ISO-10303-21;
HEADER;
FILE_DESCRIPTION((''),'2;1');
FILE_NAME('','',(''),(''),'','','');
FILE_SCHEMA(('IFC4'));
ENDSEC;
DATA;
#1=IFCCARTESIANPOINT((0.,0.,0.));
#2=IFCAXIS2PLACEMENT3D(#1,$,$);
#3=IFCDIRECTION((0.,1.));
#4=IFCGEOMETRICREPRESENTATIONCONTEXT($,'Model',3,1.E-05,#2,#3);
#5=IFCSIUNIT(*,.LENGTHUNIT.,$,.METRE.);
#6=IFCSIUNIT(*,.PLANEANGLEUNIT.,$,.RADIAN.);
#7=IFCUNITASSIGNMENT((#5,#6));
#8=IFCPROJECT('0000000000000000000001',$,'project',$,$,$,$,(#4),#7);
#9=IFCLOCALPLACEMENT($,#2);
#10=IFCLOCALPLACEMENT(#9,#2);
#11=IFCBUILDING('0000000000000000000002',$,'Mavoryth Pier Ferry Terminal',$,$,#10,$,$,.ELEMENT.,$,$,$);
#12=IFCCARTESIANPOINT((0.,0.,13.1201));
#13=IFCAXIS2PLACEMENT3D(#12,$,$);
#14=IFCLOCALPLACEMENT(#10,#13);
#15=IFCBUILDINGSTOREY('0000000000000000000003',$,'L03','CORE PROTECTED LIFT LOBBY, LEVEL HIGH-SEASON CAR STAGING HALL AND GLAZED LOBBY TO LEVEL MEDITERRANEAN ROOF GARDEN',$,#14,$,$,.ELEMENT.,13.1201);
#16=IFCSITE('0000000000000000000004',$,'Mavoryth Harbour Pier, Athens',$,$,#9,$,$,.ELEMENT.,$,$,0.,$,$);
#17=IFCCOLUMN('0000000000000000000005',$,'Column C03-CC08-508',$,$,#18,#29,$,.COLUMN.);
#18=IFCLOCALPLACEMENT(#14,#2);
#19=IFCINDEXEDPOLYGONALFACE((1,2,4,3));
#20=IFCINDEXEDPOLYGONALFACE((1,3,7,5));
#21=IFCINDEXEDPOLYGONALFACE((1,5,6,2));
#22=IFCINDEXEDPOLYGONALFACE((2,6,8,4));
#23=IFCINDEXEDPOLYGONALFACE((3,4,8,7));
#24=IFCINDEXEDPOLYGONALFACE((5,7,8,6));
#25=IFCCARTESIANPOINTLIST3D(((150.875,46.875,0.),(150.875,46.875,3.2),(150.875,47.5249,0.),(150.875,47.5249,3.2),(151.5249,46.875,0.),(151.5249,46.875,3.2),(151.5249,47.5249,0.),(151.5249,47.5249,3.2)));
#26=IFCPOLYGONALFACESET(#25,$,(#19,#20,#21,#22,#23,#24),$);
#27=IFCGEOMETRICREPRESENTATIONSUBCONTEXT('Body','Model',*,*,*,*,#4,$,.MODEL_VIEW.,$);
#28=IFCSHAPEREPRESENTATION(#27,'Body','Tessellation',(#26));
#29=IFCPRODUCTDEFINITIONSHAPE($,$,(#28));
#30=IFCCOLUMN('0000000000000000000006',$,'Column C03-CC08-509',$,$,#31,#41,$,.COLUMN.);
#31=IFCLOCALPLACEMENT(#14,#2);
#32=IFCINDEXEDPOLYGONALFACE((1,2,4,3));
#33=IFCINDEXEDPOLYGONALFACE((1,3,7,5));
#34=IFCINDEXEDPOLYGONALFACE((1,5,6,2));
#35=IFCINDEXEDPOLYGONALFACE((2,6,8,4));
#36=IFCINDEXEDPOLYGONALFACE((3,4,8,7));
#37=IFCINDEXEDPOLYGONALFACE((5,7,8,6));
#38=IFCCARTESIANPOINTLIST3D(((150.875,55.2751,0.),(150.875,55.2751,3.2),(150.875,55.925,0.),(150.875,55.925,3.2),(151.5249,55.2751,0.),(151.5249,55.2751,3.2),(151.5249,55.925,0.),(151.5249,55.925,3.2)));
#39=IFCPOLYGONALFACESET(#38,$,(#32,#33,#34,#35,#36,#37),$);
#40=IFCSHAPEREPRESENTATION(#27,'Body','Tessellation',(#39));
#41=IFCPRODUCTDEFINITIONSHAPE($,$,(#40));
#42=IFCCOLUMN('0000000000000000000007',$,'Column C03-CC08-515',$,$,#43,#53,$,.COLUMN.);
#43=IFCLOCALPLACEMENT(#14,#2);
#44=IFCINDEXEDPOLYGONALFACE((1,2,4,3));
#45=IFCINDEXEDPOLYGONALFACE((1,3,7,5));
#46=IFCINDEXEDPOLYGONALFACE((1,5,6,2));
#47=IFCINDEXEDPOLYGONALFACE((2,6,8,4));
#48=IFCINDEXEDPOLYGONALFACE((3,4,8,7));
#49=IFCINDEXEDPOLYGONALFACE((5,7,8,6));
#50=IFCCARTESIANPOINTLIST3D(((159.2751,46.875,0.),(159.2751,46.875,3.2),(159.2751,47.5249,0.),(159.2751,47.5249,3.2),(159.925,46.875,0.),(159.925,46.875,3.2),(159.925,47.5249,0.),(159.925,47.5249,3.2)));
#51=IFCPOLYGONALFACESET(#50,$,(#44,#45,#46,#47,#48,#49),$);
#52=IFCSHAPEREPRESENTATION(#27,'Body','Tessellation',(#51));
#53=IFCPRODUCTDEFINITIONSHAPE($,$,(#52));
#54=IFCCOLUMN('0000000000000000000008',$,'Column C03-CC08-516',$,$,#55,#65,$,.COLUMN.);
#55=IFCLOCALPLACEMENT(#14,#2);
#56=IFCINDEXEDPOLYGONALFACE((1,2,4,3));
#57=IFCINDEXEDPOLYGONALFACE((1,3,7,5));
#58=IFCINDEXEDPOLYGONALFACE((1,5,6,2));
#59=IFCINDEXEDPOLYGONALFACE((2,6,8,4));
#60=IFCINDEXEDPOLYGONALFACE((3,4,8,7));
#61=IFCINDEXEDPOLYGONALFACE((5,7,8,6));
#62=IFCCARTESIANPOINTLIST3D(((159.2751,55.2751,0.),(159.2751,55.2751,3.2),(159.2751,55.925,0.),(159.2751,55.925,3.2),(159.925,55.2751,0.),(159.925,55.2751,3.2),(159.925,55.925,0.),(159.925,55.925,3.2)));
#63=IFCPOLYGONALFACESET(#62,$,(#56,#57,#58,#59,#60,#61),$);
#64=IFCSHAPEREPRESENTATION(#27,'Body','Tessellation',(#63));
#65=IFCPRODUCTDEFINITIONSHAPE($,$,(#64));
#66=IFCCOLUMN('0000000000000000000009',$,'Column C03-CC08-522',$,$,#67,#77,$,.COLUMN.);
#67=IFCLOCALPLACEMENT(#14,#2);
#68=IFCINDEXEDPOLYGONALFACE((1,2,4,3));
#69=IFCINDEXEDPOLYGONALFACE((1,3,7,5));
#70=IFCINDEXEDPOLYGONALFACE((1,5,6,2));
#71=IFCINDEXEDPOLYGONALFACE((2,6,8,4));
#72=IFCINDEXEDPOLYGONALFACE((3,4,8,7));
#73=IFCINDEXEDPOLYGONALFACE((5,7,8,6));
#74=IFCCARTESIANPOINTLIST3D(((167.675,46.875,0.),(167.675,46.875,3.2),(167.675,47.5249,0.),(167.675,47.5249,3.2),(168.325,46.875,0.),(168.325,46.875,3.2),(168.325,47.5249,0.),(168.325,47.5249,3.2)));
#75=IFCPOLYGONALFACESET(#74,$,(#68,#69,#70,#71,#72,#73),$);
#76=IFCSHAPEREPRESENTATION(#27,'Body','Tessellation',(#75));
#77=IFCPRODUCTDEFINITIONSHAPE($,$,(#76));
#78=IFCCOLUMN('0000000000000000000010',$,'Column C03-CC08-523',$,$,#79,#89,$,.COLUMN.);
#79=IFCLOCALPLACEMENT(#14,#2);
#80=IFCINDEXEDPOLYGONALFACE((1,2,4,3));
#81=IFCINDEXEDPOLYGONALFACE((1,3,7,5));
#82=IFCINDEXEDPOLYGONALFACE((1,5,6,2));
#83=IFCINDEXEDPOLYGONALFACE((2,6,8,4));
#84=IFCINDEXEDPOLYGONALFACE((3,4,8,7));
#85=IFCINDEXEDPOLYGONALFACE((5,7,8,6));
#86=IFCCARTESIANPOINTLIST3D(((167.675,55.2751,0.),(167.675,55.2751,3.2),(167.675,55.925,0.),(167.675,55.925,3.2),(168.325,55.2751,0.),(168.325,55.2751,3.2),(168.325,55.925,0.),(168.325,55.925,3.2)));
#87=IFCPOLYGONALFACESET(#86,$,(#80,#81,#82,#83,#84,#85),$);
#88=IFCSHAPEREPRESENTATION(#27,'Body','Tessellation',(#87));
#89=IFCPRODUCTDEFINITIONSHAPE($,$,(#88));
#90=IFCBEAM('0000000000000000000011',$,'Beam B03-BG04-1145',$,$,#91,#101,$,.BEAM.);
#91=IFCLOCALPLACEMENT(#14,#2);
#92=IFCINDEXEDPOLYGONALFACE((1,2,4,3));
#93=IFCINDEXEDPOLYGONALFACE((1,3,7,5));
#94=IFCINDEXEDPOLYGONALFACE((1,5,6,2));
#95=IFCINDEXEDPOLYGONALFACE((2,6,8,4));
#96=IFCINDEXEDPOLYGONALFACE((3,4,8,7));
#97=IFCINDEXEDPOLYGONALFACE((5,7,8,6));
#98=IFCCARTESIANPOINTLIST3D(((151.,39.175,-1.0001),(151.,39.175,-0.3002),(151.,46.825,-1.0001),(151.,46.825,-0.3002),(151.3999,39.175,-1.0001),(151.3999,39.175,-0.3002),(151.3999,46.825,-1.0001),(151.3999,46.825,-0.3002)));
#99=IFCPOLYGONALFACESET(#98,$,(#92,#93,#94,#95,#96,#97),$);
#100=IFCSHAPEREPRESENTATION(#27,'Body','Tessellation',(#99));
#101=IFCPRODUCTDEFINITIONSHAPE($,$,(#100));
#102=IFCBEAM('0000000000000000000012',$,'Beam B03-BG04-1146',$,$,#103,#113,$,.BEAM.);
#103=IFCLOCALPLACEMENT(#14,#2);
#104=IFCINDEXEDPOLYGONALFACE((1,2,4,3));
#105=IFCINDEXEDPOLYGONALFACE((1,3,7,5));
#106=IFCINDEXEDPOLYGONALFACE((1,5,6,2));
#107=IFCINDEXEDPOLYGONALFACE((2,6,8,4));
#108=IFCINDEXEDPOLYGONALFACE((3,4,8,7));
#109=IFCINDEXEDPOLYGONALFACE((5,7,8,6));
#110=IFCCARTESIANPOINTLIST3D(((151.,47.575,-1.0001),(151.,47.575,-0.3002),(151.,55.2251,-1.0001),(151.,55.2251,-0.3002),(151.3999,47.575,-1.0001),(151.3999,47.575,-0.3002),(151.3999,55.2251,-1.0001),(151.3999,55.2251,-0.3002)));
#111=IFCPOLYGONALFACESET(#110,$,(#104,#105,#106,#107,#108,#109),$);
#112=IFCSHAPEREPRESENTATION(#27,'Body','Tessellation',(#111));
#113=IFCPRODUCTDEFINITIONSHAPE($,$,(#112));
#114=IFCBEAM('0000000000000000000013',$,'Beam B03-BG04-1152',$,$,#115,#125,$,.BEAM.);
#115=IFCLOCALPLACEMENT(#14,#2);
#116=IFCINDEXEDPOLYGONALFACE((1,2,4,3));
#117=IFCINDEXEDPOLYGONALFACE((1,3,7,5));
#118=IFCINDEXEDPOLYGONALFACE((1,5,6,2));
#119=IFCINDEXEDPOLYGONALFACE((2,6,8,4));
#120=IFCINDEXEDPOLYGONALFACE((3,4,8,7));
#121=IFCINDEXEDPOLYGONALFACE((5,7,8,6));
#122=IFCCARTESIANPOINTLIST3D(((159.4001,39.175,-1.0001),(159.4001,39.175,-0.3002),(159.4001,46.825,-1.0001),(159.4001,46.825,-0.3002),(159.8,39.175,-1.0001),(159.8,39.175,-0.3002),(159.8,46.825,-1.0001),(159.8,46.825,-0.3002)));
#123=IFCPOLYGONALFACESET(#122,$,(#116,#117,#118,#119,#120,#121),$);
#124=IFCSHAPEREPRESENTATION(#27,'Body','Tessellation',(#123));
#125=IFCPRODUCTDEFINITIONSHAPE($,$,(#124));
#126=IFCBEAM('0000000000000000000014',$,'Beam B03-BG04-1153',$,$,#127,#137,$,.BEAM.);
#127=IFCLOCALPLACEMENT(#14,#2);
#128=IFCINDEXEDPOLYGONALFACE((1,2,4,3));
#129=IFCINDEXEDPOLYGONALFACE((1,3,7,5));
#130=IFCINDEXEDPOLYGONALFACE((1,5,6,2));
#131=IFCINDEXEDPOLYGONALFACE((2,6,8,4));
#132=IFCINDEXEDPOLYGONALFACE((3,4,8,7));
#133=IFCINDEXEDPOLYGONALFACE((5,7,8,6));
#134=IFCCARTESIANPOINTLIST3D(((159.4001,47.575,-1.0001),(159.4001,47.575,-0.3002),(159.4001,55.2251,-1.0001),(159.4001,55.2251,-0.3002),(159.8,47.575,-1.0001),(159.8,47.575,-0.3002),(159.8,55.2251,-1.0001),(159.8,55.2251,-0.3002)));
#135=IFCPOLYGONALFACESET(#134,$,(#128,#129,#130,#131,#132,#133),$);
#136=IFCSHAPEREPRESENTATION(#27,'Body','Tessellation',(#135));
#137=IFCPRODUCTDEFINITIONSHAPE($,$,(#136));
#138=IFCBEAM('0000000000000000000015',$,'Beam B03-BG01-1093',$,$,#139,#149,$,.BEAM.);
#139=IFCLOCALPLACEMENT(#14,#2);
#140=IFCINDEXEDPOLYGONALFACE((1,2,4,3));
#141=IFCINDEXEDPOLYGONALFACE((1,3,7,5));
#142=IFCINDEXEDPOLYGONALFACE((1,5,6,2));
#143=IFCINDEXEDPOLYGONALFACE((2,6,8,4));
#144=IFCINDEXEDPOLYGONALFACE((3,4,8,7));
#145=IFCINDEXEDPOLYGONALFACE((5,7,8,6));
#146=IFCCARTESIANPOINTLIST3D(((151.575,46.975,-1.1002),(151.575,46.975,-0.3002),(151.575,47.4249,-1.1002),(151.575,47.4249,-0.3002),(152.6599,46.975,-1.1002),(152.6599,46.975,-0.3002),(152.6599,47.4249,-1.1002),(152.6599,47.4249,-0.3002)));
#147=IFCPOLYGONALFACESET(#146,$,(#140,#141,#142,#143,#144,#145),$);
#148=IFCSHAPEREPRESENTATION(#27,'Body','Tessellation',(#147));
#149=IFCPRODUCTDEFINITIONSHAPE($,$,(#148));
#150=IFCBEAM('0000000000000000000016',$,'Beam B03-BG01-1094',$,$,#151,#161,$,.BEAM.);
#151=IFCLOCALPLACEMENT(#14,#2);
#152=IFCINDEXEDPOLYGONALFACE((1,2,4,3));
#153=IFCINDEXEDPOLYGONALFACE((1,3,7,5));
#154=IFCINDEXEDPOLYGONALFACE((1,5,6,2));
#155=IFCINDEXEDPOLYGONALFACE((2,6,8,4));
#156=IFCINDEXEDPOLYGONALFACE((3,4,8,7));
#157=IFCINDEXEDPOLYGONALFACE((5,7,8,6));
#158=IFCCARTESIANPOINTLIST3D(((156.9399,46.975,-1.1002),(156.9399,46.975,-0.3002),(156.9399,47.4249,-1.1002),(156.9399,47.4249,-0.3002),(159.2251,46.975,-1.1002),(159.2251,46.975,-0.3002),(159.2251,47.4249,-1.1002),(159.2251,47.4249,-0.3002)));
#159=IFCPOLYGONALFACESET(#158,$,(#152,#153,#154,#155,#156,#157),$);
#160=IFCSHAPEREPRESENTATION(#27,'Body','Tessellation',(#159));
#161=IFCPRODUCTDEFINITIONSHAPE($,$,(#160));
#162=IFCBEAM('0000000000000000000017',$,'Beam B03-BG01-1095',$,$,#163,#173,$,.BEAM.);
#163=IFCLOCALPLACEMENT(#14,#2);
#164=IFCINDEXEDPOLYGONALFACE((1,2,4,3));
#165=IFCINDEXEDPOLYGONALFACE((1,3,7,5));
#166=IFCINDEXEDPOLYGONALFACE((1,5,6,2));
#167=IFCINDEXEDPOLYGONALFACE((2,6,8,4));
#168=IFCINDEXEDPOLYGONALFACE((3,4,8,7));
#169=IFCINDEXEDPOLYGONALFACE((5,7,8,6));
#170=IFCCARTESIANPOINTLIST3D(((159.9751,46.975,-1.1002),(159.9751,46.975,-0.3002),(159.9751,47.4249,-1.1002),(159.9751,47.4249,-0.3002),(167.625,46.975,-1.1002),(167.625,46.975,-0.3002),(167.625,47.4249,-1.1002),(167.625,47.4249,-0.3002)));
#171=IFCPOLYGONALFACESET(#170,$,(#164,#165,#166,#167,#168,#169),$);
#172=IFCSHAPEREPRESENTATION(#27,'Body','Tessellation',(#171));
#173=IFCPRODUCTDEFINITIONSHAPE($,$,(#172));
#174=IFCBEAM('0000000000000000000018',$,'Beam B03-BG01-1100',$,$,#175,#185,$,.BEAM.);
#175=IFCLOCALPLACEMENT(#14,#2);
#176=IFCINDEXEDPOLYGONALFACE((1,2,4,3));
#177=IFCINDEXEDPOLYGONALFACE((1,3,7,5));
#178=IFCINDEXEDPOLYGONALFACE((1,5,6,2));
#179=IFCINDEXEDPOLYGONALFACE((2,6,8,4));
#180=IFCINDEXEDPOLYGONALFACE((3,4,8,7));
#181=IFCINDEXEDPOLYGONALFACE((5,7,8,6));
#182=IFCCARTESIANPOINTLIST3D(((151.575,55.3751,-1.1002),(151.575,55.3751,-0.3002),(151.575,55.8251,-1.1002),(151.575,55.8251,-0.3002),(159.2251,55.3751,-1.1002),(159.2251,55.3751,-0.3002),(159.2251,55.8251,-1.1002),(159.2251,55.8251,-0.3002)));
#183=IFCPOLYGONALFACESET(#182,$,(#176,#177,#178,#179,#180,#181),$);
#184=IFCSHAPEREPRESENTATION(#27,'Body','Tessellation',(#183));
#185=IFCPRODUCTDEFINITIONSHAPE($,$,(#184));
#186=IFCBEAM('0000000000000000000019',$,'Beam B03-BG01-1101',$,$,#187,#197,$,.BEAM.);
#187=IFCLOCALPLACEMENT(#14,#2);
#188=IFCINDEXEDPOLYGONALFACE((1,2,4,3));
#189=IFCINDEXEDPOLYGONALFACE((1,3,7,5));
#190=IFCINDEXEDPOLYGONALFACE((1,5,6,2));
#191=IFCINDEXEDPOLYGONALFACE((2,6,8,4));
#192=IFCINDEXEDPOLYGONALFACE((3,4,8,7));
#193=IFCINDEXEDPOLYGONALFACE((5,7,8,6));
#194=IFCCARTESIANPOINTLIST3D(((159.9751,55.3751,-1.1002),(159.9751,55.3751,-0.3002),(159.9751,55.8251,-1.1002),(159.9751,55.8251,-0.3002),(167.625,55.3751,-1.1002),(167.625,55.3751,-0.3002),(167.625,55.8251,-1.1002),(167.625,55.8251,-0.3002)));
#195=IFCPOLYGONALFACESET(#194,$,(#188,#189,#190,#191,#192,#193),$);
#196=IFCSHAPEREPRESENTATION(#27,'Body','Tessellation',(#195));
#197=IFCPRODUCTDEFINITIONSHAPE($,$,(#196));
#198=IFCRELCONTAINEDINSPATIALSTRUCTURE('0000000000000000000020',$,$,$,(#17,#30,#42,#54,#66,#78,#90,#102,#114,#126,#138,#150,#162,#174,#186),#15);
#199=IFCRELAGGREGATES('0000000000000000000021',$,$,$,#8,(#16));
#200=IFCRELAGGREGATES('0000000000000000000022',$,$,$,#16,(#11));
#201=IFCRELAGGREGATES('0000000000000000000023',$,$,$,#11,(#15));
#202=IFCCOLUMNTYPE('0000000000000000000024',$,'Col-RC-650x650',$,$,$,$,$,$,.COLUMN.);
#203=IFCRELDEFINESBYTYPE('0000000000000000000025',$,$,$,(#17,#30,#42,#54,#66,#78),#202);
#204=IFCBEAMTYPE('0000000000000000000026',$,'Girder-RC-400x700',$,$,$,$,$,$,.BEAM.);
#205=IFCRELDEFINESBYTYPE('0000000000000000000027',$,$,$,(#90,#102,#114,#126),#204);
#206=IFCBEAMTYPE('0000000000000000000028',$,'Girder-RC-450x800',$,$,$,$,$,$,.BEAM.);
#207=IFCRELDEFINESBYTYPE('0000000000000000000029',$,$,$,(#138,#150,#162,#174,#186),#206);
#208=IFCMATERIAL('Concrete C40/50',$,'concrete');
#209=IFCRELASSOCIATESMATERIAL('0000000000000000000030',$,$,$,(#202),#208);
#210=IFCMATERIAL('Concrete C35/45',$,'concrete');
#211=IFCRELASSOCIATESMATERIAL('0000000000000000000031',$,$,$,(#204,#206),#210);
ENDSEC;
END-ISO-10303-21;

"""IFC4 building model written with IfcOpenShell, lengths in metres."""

from ifc_helpers import new_model, si_unit, direction, frame, origin, origin_2d, place, context, subcontext, project, spatial, rectangle, extrude, material, material_profile, profile_set, type_object, element, save


model = new_model("IFC4")

# Units and contexts
model_context = context("Model", 3, precision=1e-05, world=origin(), true_north=direction((0.0, 1.0)))
body_context = subcontext(model_context, "Body", "Model", "MODEL_VIEW")
ifc_project = project(units=[si_unit("LENGTHUNIT", "METRE"), si_unit("PLANEANGLEUNIT", "RADIAN")], contexts=[model_context])

# Site, building, storey
site_placement = place(None, origin())
site = spatial("IfcSite", under=ifc_project, at=site_placement, Name="Mavoryth Harbour Pier, Athens", CompositionType="ELEMENT", RefElevation=0.0)
building_placement = place(site_placement, origin())
building = spatial("IfcBuilding", under=site, at=building_placement, Name="Mavoryth Pier Ferry Terminal", CompositionType="ELEMENT")
storey_placement = place(building_placement, frame((0.0, 0.0, 13.1201)))
storey = spatial("IfcBuildingStorey", under=building, at=storey_placement, Name="L03", Description="CORE PROTECTED LIFT LOBBY, LEVEL HIGH-SEASON CAR STAGING HALL AND GLAZED LOBBY TO LEVEL MEDITERRANEAN ROOF GARDEN", CompositionType="ELEMENT", Elevation=13.1201)

# Columns
ifc_material_1 = material(Name="Concrete C40/50", Category="concrete")
ifc_material_profile_1 = material_profile(ifc_material_1, rectangle(XDim=0.6499, YDim=0.6499, at=origin_2d()), Name="RC 650x650", Category="concrete")
ifc_profile_set_1 = profile_set([ifc_material_profile_1], Name="Concrete C40/50 - RC 650x650")
column_type = type_object("IfcColumnType", Name="Col-RC-650x650", PredefinedType="COLUMN", material=ifc_profile_set_1)
for number, where, z_axis, x_axis, name in (
    (1, (151.2, 47.2, 0.0), (0.0, 0.0, 1.0), (1.0, 0.0, 0.0), "Column C03-CC08-508"),
    (2, (151.2, 55.6001, 0.0), (0.0, 0.0, 1.0), (1.0, 0.0, 0.0), "Column C03-CC08-509"),
    (3, (159.6001, 47.2, 0.0), (0.0, 0.0, 1.0), (1.0, 0.0, 0.0), "Column C03-CC08-515"),
    (4, (159.6001, 55.6001, 0.0), (0.0, 0.0, 1.0), (1.0, 0.0, 0.0), "Column C03-CC08-516"),
    (5, (168.0, 47.2, 0.0), (0.0, 0.0, 1.0), (1.0, 0.0, 0.0), "Column C03-CC08-522"),
    (6, (168.0, 55.6001, 0.0), (0.0, 0.0, 1.0), (1.0, 0.0, 0.0), "Column C03-CC08-523"),
):
    element("IfcColumn", number, at=place(storey_placement, frame(where, z_axis=z_axis, x_axis=x_axis)), inside=storey, type_object=column_type, Name=name, PredefinedType="COLUMN", context=body_context, shape_type="SweptSolid", body=[
        extrude(rectangle(XDim=0.6499, YDim=0.6499, at=origin_2d()), origin(), (0.0, 0.0, 1.0), 3.2),
    ])

# Beams
ifc_material_2 = material(Name="Concrete C35/45", Category="concrete")
ifc_material_profile_2 = material_profile(ifc_material_2, rectangle(XDim=0.3999, YDim=0.7, at=origin_2d()), Name="RC 400x700", Category="concrete")
ifc_profile_set_2 = profile_set([ifc_material_profile_2], Name="Concrete C35/45 - RC 400x700")
beam_type_1 = type_object("IfcBeamType", Name="Girder-RC-400x700", PredefinedType="BEAM", material=ifc_profile_set_2)
beam_1_placement = place(storey_placement, frame((151.2, 39.175, -0.6501), z_axis=(0.0, 1.0, 0.0), x_axis=(-1.0, 0.0, 0.0)))
element("IfcBeam", 7, at=beam_1_placement, inside=storey, type_object=beam_type_1, Name="Beam B03-BG04-1145", PredefinedType="BEAM", context=body_context, shape_type="SweptSolid", body=[
    extrude(rectangle(XDim=0.3999, YDim=0.7, at=origin_2d()), origin(), (0.0, 0.0, 1.0), 7.6499),
])
beam_2_placement = place(storey_placement, frame((151.2, 47.575, -0.6501), z_axis=(0.0, 1.0, 0.0), x_axis=(-1.0, 0.0, 0.0)))
element("IfcBeam", 8, at=beam_2_placement, inside=storey, type_object=beam_type_1, Name="Beam B03-BG04-1146", PredefinedType="BEAM", context=body_context, shape_type="SweptSolid", body=[
    extrude(rectangle(XDim=0.3999, YDim=0.7, at=origin_2d()), origin(), (0.0, 0.0, 1.0), 7.6501),
])
beam_3_placement = place(storey_placement, frame((159.6001, 39.175, -0.6501), z_axis=(0.0, 1.0, 0.0), x_axis=(-1.0, 0.0, 0.0)))
element("IfcBeam", 9, at=beam_3_placement, inside=storey, type_object=beam_type_1, Name="Beam B03-BG04-1152", PredefinedType="BEAM", context=body_context, shape_type="SweptSolid", body=[
    extrude(rectangle(XDim=0.3999, YDim=0.7, at=origin_2d()), origin(), (0.0, 0.0, 1.0), 7.6499),
])
beam_4_placement = place(storey_placement, frame((159.6001, 47.575, -0.6501), z_axis=(0.0, 1.0, 0.0), x_axis=(-1.0, 0.0, 0.0)))
element("IfcBeam", 10, at=beam_4_placement, inside=storey, type_object=beam_type_1, Name="Beam B03-BG04-1153", PredefinedType="BEAM", context=body_context, shape_type="SweptSolid", body=[
    extrude(rectangle(XDim=0.3999, YDim=0.7, at=origin_2d()), origin(), (0.0, 0.0, 1.0), 7.6501),
])
ifc_material_profile_3 = material_profile(ifc_material_2, rectangle(XDim=0.45, YDim=0.8, at=origin_2d()), Name="RC 450x800", Category="concrete")
ifc_profile_set_3 = profile_set([ifc_material_profile_3], Name="Concrete C35/45 - RC 450x800")
beam_type_2 = type_object("IfcBeamType", Name="Girder-RC-450x800", PredefinedType="BEAM", material=ifc_profile_set_3)
beam_5_placement = place(storey_placement, frame((151.575, 47.2, -0.7002), z_axis=(1.0, 0.0, 0.0), x_axis=(0.0, 1.0, 0.0)))
element("IfcBeam", 11, at=beam_5_placement, inside=storey, type_object=beam_type_2, Name="Beam B03-BG01-1093", PredefinedType="BEAM", context=body_context, shape_type="SweptSolid", body=[
    extrude(rectangle(XDim=0.45, YDim=0.8, at=origin_2d()), origin(), (0.0, 0.0, 1.0), 1.085),
])
beam_6_placement = place(storey_placement, frame((156.9399, 47.2, -0.7002), z_axis=(1.0, 0.0, 0.0), x_axis=(0.0, 1.0, 0.0)))
element("IfcBeam", 12, at=beam_6_placement, inside=storey, type_object=beam_type_2, Name="Beam B03-BG01-1094", PredefinedType="BEAM", context=body_context, shape_type="SweptSolid", body=[
    extrude(rectangle(XDim=0.45, YDim=0.8, at=origin_2d()), origin(), (0.0, 0.0, 1.0), 2.2852),
])
beam_7_placement = place(storey_placement, frame((159.9751, 47.2, -0.7002), z_axis=(1.0, 0.0, 0.0), x_axis=(0.0, 1.0, 0.0)))
element("IfcBeam", 13, at=beam_7_placement, inside=storey, type_object=beam_type_2, Name="Beam B03-BG01-1095", PredefinedType="BEAM", context=body_context, shape_type="SweptSolid", body=[
    extrude(rectangle(XDim=0.45, YDim=0.8, at=origin_2d()), origin(), (0.0, 0.0, 1.0), 7.6499),
])
beam_8_placement = place(storey_placement, frame((151.575, 55.6001, -0.7002), z_axis=(1.0, 0.0, 0.0), x_axis=(0.0, 1.0, 0.0)))
element("IfcBeam", 14, at=beam_8_placement, inside=storey, type_object=beam_type_2, Name="Beam B03-BG01-1100", PredefinedType="BEAM", context=body_context, shape_type="SweptSolid", body=[
    extrude(rectangle(XDim=0.45, YDim=0.8, at=origin_2d()), origin(), (0.0, 0.0, 1.0), 7.6501),
])
beam_9_placement = place(storey_placement, frame((159.9751, 55.6001, -0.7002), z_axis=(1.0, 0.0, 0.0), x_axis=(0.0, 1.0, 0.0)))
element("IfcBeam", 15, at=beam_9_placement, inside=storey, type_object=beam_type_2, Name="Beam B03-BG01-1101", PredefinedType="BEAM", context=body_context, shape_type="SweptSolid", body=[
    extrude(rectangle(XDim=0.45, YDim=0.8, at=origin_2d()), origin(), (0.0, 0.0, 1.0), 7.6499),
])

save(model, "model.ifc")
